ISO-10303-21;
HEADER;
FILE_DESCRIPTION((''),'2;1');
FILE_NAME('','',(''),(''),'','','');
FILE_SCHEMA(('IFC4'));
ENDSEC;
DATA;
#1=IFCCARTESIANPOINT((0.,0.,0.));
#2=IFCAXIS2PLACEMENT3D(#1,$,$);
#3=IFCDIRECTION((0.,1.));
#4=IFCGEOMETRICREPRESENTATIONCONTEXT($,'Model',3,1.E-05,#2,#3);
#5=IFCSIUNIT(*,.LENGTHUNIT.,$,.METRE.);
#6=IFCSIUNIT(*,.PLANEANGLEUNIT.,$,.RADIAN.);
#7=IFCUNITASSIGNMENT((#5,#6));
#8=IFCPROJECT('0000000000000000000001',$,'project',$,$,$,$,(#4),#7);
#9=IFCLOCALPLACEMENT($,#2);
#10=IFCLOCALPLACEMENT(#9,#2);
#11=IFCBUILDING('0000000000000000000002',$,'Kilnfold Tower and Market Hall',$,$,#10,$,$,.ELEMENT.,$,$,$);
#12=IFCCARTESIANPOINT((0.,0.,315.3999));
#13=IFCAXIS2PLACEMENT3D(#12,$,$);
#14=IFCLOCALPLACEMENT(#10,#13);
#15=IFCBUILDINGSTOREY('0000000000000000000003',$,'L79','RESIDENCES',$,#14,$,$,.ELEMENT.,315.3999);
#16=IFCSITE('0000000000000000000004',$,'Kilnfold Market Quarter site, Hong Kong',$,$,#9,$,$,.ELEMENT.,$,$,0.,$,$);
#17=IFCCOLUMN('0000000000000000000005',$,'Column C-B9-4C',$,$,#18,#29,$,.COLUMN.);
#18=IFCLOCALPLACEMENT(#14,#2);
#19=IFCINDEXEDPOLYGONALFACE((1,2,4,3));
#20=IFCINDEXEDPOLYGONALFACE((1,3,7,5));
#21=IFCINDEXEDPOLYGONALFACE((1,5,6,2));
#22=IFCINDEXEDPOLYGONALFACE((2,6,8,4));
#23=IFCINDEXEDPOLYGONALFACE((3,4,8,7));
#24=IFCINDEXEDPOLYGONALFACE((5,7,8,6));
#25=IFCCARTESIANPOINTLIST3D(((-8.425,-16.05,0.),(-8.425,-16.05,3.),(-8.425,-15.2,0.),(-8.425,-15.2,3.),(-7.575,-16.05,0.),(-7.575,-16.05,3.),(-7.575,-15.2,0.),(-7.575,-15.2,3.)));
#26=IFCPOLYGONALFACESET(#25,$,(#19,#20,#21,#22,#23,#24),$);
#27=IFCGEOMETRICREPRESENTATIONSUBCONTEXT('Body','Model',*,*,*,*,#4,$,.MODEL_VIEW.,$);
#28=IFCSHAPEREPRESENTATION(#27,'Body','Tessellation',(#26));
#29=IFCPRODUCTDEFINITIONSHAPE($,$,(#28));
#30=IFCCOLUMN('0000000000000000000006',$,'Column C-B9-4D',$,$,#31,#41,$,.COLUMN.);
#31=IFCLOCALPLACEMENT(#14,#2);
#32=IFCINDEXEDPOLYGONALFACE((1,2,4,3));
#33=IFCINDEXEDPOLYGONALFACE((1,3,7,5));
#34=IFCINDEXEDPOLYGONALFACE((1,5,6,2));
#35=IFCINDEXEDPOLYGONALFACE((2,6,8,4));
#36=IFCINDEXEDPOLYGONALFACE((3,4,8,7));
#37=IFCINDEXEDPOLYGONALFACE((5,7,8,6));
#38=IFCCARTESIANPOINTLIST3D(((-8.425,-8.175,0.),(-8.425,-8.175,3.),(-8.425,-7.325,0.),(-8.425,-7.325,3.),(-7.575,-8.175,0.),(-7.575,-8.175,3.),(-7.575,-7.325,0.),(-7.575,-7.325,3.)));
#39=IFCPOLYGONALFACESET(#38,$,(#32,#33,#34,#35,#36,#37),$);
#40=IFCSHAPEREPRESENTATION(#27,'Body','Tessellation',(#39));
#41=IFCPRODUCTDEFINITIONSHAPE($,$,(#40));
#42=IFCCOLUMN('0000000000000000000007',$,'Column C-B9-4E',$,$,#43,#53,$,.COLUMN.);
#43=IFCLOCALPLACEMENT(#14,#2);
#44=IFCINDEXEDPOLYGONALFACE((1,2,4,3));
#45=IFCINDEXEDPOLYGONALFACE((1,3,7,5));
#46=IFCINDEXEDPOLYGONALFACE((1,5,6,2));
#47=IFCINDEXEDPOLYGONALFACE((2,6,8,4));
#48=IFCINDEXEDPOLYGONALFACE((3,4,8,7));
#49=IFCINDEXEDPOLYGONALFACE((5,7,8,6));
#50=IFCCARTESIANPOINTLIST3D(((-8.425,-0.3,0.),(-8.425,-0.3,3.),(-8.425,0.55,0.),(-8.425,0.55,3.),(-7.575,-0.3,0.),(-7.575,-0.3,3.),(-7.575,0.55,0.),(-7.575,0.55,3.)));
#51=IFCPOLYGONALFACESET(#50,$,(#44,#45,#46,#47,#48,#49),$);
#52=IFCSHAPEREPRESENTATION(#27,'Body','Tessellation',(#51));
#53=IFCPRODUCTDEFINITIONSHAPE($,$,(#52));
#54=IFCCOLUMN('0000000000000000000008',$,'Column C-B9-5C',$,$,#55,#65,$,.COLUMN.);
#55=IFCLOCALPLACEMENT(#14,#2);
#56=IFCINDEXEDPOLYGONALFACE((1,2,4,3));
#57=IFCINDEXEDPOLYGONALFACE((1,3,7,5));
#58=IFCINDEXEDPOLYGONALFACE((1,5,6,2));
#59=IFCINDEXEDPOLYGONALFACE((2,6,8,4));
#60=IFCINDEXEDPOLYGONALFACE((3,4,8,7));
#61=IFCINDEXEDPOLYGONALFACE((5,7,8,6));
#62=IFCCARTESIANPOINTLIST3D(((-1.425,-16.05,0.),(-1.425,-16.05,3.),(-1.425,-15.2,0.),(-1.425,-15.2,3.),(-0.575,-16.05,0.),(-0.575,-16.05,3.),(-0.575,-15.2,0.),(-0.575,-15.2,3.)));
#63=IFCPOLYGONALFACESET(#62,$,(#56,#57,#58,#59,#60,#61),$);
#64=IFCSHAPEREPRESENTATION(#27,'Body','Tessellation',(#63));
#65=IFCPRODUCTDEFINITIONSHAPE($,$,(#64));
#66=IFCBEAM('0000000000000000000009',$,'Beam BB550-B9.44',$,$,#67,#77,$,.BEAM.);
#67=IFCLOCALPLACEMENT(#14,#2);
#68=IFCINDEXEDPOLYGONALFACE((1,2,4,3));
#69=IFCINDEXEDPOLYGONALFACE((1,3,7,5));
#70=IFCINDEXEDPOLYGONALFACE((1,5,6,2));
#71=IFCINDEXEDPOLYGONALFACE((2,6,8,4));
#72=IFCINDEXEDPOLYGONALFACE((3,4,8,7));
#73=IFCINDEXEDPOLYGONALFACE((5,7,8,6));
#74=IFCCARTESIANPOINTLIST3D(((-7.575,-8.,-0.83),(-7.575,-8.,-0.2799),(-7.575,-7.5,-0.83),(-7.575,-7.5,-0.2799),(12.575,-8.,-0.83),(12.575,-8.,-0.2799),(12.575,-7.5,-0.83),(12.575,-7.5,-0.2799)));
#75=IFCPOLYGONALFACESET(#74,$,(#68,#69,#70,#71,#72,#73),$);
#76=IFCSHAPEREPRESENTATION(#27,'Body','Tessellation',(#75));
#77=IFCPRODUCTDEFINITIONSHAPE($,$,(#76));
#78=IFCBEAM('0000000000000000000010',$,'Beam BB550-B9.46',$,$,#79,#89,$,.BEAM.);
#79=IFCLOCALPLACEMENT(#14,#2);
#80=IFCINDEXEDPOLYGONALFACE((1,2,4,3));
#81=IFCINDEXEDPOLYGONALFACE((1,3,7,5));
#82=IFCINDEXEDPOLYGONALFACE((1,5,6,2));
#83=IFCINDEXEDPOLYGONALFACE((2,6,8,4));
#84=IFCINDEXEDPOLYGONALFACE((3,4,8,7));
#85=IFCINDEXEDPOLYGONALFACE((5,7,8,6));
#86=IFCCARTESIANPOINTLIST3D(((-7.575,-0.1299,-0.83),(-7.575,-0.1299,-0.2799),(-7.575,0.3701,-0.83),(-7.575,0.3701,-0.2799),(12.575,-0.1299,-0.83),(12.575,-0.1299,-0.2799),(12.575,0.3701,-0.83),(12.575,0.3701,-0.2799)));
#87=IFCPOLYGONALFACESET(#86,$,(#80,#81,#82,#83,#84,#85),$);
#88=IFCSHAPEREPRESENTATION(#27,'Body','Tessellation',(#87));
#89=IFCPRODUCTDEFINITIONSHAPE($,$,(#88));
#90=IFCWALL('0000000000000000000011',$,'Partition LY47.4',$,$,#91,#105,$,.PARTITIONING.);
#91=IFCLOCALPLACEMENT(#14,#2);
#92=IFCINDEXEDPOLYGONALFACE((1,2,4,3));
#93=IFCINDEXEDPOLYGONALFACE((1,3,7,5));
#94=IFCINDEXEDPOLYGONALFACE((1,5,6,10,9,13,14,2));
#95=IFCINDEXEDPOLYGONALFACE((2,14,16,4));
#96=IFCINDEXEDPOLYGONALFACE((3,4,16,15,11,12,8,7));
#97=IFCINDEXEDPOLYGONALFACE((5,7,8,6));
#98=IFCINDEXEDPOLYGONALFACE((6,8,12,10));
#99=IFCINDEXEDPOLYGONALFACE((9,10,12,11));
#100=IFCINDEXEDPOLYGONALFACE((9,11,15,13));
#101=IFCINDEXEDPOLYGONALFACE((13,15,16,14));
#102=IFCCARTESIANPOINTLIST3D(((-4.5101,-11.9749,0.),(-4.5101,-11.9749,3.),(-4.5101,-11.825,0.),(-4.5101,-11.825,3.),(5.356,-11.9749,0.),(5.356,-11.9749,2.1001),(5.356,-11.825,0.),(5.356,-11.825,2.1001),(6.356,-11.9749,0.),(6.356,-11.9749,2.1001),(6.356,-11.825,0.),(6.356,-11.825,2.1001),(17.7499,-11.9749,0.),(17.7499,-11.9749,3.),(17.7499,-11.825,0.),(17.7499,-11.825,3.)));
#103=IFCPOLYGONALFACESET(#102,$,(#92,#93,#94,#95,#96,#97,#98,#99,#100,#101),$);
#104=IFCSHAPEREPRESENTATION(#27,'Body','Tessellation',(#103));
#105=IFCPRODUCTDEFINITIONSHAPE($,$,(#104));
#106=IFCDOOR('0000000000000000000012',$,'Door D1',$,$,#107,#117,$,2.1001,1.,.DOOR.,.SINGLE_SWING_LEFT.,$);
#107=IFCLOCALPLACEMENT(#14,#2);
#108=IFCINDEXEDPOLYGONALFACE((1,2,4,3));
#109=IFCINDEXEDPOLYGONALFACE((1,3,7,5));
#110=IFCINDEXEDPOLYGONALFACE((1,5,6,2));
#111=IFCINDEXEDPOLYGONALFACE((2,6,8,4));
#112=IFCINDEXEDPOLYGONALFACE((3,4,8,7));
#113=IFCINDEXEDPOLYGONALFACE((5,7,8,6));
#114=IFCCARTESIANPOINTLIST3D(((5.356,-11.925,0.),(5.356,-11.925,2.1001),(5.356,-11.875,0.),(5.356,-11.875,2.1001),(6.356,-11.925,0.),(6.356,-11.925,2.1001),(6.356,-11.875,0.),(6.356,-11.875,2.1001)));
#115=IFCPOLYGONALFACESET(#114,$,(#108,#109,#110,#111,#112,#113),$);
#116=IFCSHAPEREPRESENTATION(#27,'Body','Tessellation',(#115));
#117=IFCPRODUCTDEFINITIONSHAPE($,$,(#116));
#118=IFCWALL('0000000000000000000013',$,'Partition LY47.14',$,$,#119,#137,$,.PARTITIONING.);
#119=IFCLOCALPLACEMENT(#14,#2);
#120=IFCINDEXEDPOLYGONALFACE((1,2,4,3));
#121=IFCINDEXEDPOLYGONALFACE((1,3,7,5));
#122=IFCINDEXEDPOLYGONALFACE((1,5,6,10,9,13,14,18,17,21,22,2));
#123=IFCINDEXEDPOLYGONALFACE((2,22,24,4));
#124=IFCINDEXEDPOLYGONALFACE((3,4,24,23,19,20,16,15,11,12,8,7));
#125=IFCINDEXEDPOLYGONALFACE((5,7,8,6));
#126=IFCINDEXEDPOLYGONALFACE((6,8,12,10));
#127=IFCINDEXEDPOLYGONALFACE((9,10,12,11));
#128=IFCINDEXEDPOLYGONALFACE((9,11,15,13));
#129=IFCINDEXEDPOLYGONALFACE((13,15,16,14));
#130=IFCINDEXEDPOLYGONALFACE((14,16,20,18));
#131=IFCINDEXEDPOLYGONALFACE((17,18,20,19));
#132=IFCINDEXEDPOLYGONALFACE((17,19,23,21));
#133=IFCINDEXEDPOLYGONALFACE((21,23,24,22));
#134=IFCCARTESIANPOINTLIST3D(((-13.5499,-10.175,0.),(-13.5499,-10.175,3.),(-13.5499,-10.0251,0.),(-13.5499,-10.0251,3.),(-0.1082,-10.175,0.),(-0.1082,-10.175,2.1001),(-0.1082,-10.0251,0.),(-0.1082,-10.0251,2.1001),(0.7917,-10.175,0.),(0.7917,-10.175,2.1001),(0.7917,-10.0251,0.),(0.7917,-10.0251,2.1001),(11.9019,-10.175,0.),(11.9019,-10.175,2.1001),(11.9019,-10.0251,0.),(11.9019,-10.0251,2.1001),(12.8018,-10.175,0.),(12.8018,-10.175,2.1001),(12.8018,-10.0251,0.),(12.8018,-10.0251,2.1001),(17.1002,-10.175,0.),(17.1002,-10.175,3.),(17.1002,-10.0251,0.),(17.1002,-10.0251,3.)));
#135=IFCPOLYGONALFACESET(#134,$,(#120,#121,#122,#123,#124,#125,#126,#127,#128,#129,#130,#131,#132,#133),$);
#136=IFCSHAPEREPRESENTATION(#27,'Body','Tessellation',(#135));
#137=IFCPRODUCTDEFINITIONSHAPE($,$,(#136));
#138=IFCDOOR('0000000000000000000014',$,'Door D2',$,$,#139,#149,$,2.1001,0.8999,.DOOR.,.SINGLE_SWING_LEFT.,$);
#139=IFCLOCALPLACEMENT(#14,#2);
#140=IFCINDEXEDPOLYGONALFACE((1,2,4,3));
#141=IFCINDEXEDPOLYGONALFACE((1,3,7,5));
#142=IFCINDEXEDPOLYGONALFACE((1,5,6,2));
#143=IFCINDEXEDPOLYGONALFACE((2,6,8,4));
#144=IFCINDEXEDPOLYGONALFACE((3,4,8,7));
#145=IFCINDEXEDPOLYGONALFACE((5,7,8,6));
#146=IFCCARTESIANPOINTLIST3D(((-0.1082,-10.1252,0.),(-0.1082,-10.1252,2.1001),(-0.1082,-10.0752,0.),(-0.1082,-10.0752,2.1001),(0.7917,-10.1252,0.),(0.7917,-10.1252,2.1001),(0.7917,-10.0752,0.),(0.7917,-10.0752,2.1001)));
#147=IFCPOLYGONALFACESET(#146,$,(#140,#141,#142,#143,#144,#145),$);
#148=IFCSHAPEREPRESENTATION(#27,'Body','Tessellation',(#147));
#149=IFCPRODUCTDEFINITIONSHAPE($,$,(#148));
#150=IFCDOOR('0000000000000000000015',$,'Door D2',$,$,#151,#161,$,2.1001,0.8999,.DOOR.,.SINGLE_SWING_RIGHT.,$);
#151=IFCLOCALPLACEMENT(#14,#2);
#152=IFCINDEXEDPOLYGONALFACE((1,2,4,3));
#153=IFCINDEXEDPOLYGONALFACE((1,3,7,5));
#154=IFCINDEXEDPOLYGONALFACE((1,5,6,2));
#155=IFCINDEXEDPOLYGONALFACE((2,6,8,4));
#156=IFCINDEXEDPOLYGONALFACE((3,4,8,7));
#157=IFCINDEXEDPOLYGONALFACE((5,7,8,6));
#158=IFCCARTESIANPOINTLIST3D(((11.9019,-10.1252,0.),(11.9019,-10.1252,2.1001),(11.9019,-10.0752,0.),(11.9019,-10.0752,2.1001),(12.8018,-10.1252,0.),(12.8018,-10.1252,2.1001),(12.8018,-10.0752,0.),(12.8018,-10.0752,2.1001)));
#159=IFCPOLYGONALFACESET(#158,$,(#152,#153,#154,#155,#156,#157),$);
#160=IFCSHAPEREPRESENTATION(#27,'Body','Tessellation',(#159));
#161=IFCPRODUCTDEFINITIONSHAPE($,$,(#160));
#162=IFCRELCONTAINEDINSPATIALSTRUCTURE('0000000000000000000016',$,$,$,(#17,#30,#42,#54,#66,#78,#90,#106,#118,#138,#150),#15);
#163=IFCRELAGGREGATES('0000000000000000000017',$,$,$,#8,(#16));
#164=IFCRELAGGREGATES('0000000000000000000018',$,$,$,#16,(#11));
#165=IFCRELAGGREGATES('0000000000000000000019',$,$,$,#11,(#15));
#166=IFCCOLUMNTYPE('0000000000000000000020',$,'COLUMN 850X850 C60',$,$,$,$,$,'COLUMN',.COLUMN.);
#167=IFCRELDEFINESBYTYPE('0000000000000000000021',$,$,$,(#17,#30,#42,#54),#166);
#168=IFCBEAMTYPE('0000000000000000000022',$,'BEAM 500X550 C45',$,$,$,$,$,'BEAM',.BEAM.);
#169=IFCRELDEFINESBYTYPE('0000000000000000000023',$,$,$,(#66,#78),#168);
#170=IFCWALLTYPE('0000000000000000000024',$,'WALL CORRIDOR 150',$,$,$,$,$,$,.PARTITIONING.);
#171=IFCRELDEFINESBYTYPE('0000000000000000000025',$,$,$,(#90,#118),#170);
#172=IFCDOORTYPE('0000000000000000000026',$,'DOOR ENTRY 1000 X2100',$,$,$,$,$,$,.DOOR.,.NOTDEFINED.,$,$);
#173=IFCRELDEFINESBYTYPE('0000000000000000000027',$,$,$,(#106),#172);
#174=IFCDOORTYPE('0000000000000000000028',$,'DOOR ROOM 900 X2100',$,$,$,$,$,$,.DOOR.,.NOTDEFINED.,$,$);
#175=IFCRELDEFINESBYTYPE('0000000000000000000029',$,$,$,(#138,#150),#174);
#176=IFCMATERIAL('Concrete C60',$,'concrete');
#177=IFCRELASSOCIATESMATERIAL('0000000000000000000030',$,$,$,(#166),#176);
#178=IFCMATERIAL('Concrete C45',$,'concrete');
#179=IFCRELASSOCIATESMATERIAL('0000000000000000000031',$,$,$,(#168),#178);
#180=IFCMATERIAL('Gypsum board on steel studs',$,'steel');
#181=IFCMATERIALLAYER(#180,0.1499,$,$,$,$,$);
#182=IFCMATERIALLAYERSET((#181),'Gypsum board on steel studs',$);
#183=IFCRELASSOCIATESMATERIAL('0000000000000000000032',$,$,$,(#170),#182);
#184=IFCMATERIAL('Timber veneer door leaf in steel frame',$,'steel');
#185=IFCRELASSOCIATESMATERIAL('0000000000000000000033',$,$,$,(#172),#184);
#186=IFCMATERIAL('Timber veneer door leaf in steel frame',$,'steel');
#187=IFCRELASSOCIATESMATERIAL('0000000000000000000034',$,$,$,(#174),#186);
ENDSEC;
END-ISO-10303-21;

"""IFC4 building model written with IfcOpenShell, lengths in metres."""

from ifc_helpers import new_model, si_unit, direction, frame, frame_2d, origin, origin_2d, place, context, subcontext, project, spatial, rectangle, extrude, source, transform, mapped, material, layer, layer_set, material_profile, profile_set, type_object, element, fill, save


model = new_model("IFC4")

# Units and contexts
model_context = context("Model", 3, precision=1e-05, world=origin(), true_north=direction((0.0, 1.0)))
body_context = subcontext(model_context, "Body", "Model", "MODEL_VIEW")
ifc_project = project(units=[si_unit("LENGTHUNIT", "METRE"), si_unit("PLANEANGLEUNIT", "RADIAN")], contexts=[model_context])

# Site, building, storey
site_placement = place(None, origin())
site = spatial("IfcSite", under=ifc_project, at=site_placement, Name="Kilnfold Market Quarter site, Hong Kong", CompositionType="ELEMENT", RefElevation=0.0)
building_placement = place(site_placement, origin())
building = spatial("IfcBuilding", under=site, at=building_placement, Name="Kilnfold Tower and Market Hall", CompositionType="ELEMENT")
storey_placement = place(building_placement, frame((0.0, 0.0, 315.3999)))
storey = spatial("IfcBuildingStorey", under=building, at=storey_placement, Name="L79", Description="RESIDENCES", CompositionType="ELEMENT", Elevation=315.3999)

# Columns
ifc_material_1 = material(Name="Concrete C60", Category="concrete")
ifc_material_profile_1 = material_profile(ifc_material_1, rectangle(XDim=0.8501, YDim=0.8501, at=origin_2d()), Name="RC 850x850")
ifc_profile_set_1 = profile_set([ifc_material_profile_1], Name="Concrete C60")
column_type = type_object("IfcColumnType", Name="COLUMN 850X850 C60", ElementType="COLUMN", PredefinedType="COLUMN", material=ifc_profile_set_1)
shared_shape_1 = source(origin(), body_context, "Body", "SweptSolid", [
    extrude(rectangle(XDim=0.8501, YDim=0.8501, at=origin_2d()), origin(), (0.0, 0.0, 1.0), 3.0),
])
for number, where, z_axis, x_axis, name in (
    (1, (-8.0, -15.625, 0.0), (0.0, 0.0, 1.0), (1.0, 0.0, 0.0), "Column C-B9-4C"),
    (2, (-8.0, -7.75, 0.0), (0.0, 0.0, 1.0), (1.0, 0.0, 0.0), "Column C-B9-4D"),
    (3, (-8.0, 0.125, 0.0), (0.0, 0.0, 1.0), (1.0, 0.0, 0.0), "Column C-B9-4E"),
    (4, (-1.0, -15.625, 0.0), (0.0, 0.0, 1.0), (1.0, 0.0, 0.0), "Column C-B9-5C"),
):
    element("IfcColumn", number, at=place(storey_placement, frame(where, z_axis=z_axis, x_axis=x_axis)), inside=storey, type_object=column_type, Name=name, PredefinedType="COLUMN", context=body_context, shape_type="MappedRepresentation", body=[
        mapped(shared_shape_1, transform((0.0, 0.0, 0.0))),
    ])

# Beams
ifc_material_2 = material(Name="Concrete C45", Category="concrete")
ifc_material_profile_2 = material_profile(ifc_material_2, rectangle(XDim=0.5, YDim=0.55, at=origin_2d()), Name="RC 500x550")
ifc_profile_set_2 = profile_set([ifc_material_profile_2], Name="Concrete C45")
beam_type = type_object("IfcBeamType", Name="BEAM 500X550 C45", ElementType="BEAM", PredefinedType="BEAM", material=ifc_profile_set_2)
shared_shape_2 = source(origin(), body_context, "Body", "SweptSolid", [
    extrude(rectangle(XDim=0.5, YDim=0.55, at=origin_2d()), origin(), (0.0, 0.0, 1.0), 20.1499),
])
for number, where, z_axis, x_axis, name in (
    (5, (-7.575, -7.75, -0.5549), (1.0, 0.0, 0.0), (0.0, 1.0, 0.0), "Beam BB550-B9.44"),
    (6, (-7.575, 0.1201, -0.5549), (1.0, 0.0, 0.0), (0.0, 1.0, 0.0), "Beam BB550-B9.46"),
):
    element("IfcBeam", number, at=place(storey_placement, frame(where, z_axis=z_axis, x_axis=x_axis)), inside=storey, type_object=beam_type, Name=name, PredefinedType="BEAM", context=body_context, shape_type="MappedRepresentation", body=[
        mapped(shared_shape_2, transform((0.0, 0.0, 0.0))),
    ])

# Wall, opening, door
ifc_material_3 = material(Name="Gypsum board on steel studs", Category="steel")
ifc_layer_1 = layer(ifc_material_3, 0.1499)
ifc_layer_set_1 = layer_set([ifc_layer_1], Name="Gypsum board on steel studs")
wall_type_1 = type_object("IfcWallType", Name="WALL CORRIDOR 150", PredefinedType="PARTITIONING", material=ifc_layer_set_1)
wall_1_placement = place(storey_placement, frame((-4.51, -11.8999, 0.0), z_axis=(0.0, 0.0, 1.0), x_axis=(1.0, 0.0, 0.0)))
wall_1 = element("IfcWall", 7, at=wall_1_placement, inside=storey, type_object=wall_type_1, Name="Partition LY47.4", PredefinedType="PARTITIONING", context=body_context, shape_type="SweptSolid", body=[
    extrude(rectangle(XDim=22.26, YDim=0.1499, at=frame_2d((11.1299, 0.0))), origin(), (0.0, 0.0, 1.0), 3.0),
])
opening_1_placement = place(wall_1_placement, frame((9.866, 0.0, 0.0)))
opening_1 = element("IfcOpeningElement", 8, at=opening_1_placement, cuts=wall_1, PredefinedType="OPENING", context=body_context, shape_type="SweptSolid", body=[
    extrude(rectangle(XDim=1.0, YDim=2.1001, at=frame_2d((0.5, 1.05))), frame((0.0, 0.085, 0.0), z_axis=(0.0, -1.0, 0.0), x_axis=(1.0, 0.0, 0.0)), (0.0, 0.0, 1.0), 0.1699),
])
ifc_material_4 = material(Name="Timber veneer door leaf in steel frame", Category="steel")
door_type_1 = type_object("IfcDoorType", Name="DOOR ENTRY 1000 X2100", OperationType="NOTDEFINED", PredefinedType="DOOR", material=ifc_material_4)
door_1_placement = place(opening_1_placement, origin())
door_1 = element("IfcDoor", 9, at=door_1_placement, inside=storey, type_object=door_type_1, Name="Door D1", OperationType="SINGLE_SWING_LEFT", OverallHeight=2.1001, OverallWidth=1.0, PredefinedType="DOOR", context=body_context, shape_type="SweptSolid", body=[
    extrude(rectangle(XDim=1.0, YDim=2.1001, at=frame_2d((0.5, 1.05))), frame((0.0, 0.0249, 0.0), z_axis=(0.0, -1.0, 0.0), x_axis=(1.0, 0.0, 0.0)), (0.0, 0.0, 1.0), 0.05),
])
fill(opening_1, door_1)

# Wall, openings, doors
wall_2_placement = place(storey_placement, frame((-13.55, -10.1001, 0.0), z_axis=(0.0, 0.0, 1.0), x_axis=(1.0, 0.0, 0.0)))
wall_2 = element("IfcWall", 10, at=wall_2_placement, inside=storey, type_object=wall_type_1, Name="Partition LY47.14", PredefinedType="PARTITIONING", context=body_context, shape_type="SweptSolid", body=[
    extrude(rectangle(XDim=30.6501, YDim=0.1499, at=frame_2d((15.3252, 0.0))), origin(), (0.0, 0.0, 1.0), 3.0),
])
opening_2_placement = place(wall_2_placement, frame((13.4419, 0.0, 0.0)))
opening_2 = element("IfcOpeningElement", 11, at=opening_2_placement, cuts=wall_2, PredefinedType="OPENING", context=body_context, shape_type="SweptSolid", body=[
    extrude(rectangle(XDim=0.8999, YDim=2.1001, at=frame_2d((0.45, 1.05))), frame((0.0, 0.085, 0.0), z_axis=(0.0, -1.0, 0.0), x_axis=(1.0, 0.0, 0.0)), (0.0, 0.0, 1.0), 0.1699),
])
opening_3_placement = place(wall_2_placement, frame((25.4519, 0.0, 0.0)))
opening_3 = element("IfcOpeningElement", 12, at=opening_3_placement, cuts=wall_2, PredefinedType="OPENING", context=body_context, shape_type="SweptSolid", body=[
    extrude(rectangle(XDim=0.8999, YDim=2.1001, at=frame_2d((0.45, 1.05))), frame((0.0, 0.085, 0.0), z_axis=(0.0, -1.0, 0.0), x_axis=(1.0, 0.0, 0.0)), (0.0, 0.0, 1.0), 0.1699),
])
ifc_material_5 = material(Name="Timber veneer door leaf in steel frame", Category="steel")
door_type_2 = type_object("IfcDoorType", Name="DOOR ROOM 900 X2100", OperationType="NOTDEFINED", PredefinedType="DOOR", material=ifc_material_5)
door_2_placement = place(opening_2_placement, origin())
door_2 = element("IfcDoor", 13, at=door_2_placement, inside=storey, type_object=door_type_2, Name="Door D2", OperationType="SINGLE_SWING_LEFT", OverallHeight=2.1001, OverallWidth=0.8999, PredefinedType="DOOR", context=body_context, shape_type="SweptSolid", body=[
    extrude(rectangle(XDim=0.8999, YDim=2.1001, at=frame_2d((0.45, 1.05))), frame((0.0, 0.0249, 0.0), z_axis=(0.0, -1.0, 0.0), x_axis=(1.0, 0.0, 0.0)), (0.0, 0.0, 1.0), 0.05),
])
fill(opening_2, door_2)
door_3_placement = place(opening_3_placement, origin())
door_3 = element("IfcDoor", 14, at=door_3_placement, inside=storey, type_object=door_type_2, Name="Door D2", OperationType="SINGLE_SWING_RIGHT", OverallHeight=2.1001, OverallWidth=0.8999, PredefinedType="DOOR", context=body_context, shape_type="SweptSolid", body=[
    extrude(rectangle(XDim=0.8999, YDim=2.1001, at=frame_2d((0.45, 1.05))), frame((0.0, 0.0249, 0.0), z_axis=(0.0, -1.0, 0.0), x_axis=(1.0, 0.0, 0.0)), (0.0, 0.0, 1.0), 0.05),
])
fill(opening_3, door_3)

save(model, "model.ifc")
